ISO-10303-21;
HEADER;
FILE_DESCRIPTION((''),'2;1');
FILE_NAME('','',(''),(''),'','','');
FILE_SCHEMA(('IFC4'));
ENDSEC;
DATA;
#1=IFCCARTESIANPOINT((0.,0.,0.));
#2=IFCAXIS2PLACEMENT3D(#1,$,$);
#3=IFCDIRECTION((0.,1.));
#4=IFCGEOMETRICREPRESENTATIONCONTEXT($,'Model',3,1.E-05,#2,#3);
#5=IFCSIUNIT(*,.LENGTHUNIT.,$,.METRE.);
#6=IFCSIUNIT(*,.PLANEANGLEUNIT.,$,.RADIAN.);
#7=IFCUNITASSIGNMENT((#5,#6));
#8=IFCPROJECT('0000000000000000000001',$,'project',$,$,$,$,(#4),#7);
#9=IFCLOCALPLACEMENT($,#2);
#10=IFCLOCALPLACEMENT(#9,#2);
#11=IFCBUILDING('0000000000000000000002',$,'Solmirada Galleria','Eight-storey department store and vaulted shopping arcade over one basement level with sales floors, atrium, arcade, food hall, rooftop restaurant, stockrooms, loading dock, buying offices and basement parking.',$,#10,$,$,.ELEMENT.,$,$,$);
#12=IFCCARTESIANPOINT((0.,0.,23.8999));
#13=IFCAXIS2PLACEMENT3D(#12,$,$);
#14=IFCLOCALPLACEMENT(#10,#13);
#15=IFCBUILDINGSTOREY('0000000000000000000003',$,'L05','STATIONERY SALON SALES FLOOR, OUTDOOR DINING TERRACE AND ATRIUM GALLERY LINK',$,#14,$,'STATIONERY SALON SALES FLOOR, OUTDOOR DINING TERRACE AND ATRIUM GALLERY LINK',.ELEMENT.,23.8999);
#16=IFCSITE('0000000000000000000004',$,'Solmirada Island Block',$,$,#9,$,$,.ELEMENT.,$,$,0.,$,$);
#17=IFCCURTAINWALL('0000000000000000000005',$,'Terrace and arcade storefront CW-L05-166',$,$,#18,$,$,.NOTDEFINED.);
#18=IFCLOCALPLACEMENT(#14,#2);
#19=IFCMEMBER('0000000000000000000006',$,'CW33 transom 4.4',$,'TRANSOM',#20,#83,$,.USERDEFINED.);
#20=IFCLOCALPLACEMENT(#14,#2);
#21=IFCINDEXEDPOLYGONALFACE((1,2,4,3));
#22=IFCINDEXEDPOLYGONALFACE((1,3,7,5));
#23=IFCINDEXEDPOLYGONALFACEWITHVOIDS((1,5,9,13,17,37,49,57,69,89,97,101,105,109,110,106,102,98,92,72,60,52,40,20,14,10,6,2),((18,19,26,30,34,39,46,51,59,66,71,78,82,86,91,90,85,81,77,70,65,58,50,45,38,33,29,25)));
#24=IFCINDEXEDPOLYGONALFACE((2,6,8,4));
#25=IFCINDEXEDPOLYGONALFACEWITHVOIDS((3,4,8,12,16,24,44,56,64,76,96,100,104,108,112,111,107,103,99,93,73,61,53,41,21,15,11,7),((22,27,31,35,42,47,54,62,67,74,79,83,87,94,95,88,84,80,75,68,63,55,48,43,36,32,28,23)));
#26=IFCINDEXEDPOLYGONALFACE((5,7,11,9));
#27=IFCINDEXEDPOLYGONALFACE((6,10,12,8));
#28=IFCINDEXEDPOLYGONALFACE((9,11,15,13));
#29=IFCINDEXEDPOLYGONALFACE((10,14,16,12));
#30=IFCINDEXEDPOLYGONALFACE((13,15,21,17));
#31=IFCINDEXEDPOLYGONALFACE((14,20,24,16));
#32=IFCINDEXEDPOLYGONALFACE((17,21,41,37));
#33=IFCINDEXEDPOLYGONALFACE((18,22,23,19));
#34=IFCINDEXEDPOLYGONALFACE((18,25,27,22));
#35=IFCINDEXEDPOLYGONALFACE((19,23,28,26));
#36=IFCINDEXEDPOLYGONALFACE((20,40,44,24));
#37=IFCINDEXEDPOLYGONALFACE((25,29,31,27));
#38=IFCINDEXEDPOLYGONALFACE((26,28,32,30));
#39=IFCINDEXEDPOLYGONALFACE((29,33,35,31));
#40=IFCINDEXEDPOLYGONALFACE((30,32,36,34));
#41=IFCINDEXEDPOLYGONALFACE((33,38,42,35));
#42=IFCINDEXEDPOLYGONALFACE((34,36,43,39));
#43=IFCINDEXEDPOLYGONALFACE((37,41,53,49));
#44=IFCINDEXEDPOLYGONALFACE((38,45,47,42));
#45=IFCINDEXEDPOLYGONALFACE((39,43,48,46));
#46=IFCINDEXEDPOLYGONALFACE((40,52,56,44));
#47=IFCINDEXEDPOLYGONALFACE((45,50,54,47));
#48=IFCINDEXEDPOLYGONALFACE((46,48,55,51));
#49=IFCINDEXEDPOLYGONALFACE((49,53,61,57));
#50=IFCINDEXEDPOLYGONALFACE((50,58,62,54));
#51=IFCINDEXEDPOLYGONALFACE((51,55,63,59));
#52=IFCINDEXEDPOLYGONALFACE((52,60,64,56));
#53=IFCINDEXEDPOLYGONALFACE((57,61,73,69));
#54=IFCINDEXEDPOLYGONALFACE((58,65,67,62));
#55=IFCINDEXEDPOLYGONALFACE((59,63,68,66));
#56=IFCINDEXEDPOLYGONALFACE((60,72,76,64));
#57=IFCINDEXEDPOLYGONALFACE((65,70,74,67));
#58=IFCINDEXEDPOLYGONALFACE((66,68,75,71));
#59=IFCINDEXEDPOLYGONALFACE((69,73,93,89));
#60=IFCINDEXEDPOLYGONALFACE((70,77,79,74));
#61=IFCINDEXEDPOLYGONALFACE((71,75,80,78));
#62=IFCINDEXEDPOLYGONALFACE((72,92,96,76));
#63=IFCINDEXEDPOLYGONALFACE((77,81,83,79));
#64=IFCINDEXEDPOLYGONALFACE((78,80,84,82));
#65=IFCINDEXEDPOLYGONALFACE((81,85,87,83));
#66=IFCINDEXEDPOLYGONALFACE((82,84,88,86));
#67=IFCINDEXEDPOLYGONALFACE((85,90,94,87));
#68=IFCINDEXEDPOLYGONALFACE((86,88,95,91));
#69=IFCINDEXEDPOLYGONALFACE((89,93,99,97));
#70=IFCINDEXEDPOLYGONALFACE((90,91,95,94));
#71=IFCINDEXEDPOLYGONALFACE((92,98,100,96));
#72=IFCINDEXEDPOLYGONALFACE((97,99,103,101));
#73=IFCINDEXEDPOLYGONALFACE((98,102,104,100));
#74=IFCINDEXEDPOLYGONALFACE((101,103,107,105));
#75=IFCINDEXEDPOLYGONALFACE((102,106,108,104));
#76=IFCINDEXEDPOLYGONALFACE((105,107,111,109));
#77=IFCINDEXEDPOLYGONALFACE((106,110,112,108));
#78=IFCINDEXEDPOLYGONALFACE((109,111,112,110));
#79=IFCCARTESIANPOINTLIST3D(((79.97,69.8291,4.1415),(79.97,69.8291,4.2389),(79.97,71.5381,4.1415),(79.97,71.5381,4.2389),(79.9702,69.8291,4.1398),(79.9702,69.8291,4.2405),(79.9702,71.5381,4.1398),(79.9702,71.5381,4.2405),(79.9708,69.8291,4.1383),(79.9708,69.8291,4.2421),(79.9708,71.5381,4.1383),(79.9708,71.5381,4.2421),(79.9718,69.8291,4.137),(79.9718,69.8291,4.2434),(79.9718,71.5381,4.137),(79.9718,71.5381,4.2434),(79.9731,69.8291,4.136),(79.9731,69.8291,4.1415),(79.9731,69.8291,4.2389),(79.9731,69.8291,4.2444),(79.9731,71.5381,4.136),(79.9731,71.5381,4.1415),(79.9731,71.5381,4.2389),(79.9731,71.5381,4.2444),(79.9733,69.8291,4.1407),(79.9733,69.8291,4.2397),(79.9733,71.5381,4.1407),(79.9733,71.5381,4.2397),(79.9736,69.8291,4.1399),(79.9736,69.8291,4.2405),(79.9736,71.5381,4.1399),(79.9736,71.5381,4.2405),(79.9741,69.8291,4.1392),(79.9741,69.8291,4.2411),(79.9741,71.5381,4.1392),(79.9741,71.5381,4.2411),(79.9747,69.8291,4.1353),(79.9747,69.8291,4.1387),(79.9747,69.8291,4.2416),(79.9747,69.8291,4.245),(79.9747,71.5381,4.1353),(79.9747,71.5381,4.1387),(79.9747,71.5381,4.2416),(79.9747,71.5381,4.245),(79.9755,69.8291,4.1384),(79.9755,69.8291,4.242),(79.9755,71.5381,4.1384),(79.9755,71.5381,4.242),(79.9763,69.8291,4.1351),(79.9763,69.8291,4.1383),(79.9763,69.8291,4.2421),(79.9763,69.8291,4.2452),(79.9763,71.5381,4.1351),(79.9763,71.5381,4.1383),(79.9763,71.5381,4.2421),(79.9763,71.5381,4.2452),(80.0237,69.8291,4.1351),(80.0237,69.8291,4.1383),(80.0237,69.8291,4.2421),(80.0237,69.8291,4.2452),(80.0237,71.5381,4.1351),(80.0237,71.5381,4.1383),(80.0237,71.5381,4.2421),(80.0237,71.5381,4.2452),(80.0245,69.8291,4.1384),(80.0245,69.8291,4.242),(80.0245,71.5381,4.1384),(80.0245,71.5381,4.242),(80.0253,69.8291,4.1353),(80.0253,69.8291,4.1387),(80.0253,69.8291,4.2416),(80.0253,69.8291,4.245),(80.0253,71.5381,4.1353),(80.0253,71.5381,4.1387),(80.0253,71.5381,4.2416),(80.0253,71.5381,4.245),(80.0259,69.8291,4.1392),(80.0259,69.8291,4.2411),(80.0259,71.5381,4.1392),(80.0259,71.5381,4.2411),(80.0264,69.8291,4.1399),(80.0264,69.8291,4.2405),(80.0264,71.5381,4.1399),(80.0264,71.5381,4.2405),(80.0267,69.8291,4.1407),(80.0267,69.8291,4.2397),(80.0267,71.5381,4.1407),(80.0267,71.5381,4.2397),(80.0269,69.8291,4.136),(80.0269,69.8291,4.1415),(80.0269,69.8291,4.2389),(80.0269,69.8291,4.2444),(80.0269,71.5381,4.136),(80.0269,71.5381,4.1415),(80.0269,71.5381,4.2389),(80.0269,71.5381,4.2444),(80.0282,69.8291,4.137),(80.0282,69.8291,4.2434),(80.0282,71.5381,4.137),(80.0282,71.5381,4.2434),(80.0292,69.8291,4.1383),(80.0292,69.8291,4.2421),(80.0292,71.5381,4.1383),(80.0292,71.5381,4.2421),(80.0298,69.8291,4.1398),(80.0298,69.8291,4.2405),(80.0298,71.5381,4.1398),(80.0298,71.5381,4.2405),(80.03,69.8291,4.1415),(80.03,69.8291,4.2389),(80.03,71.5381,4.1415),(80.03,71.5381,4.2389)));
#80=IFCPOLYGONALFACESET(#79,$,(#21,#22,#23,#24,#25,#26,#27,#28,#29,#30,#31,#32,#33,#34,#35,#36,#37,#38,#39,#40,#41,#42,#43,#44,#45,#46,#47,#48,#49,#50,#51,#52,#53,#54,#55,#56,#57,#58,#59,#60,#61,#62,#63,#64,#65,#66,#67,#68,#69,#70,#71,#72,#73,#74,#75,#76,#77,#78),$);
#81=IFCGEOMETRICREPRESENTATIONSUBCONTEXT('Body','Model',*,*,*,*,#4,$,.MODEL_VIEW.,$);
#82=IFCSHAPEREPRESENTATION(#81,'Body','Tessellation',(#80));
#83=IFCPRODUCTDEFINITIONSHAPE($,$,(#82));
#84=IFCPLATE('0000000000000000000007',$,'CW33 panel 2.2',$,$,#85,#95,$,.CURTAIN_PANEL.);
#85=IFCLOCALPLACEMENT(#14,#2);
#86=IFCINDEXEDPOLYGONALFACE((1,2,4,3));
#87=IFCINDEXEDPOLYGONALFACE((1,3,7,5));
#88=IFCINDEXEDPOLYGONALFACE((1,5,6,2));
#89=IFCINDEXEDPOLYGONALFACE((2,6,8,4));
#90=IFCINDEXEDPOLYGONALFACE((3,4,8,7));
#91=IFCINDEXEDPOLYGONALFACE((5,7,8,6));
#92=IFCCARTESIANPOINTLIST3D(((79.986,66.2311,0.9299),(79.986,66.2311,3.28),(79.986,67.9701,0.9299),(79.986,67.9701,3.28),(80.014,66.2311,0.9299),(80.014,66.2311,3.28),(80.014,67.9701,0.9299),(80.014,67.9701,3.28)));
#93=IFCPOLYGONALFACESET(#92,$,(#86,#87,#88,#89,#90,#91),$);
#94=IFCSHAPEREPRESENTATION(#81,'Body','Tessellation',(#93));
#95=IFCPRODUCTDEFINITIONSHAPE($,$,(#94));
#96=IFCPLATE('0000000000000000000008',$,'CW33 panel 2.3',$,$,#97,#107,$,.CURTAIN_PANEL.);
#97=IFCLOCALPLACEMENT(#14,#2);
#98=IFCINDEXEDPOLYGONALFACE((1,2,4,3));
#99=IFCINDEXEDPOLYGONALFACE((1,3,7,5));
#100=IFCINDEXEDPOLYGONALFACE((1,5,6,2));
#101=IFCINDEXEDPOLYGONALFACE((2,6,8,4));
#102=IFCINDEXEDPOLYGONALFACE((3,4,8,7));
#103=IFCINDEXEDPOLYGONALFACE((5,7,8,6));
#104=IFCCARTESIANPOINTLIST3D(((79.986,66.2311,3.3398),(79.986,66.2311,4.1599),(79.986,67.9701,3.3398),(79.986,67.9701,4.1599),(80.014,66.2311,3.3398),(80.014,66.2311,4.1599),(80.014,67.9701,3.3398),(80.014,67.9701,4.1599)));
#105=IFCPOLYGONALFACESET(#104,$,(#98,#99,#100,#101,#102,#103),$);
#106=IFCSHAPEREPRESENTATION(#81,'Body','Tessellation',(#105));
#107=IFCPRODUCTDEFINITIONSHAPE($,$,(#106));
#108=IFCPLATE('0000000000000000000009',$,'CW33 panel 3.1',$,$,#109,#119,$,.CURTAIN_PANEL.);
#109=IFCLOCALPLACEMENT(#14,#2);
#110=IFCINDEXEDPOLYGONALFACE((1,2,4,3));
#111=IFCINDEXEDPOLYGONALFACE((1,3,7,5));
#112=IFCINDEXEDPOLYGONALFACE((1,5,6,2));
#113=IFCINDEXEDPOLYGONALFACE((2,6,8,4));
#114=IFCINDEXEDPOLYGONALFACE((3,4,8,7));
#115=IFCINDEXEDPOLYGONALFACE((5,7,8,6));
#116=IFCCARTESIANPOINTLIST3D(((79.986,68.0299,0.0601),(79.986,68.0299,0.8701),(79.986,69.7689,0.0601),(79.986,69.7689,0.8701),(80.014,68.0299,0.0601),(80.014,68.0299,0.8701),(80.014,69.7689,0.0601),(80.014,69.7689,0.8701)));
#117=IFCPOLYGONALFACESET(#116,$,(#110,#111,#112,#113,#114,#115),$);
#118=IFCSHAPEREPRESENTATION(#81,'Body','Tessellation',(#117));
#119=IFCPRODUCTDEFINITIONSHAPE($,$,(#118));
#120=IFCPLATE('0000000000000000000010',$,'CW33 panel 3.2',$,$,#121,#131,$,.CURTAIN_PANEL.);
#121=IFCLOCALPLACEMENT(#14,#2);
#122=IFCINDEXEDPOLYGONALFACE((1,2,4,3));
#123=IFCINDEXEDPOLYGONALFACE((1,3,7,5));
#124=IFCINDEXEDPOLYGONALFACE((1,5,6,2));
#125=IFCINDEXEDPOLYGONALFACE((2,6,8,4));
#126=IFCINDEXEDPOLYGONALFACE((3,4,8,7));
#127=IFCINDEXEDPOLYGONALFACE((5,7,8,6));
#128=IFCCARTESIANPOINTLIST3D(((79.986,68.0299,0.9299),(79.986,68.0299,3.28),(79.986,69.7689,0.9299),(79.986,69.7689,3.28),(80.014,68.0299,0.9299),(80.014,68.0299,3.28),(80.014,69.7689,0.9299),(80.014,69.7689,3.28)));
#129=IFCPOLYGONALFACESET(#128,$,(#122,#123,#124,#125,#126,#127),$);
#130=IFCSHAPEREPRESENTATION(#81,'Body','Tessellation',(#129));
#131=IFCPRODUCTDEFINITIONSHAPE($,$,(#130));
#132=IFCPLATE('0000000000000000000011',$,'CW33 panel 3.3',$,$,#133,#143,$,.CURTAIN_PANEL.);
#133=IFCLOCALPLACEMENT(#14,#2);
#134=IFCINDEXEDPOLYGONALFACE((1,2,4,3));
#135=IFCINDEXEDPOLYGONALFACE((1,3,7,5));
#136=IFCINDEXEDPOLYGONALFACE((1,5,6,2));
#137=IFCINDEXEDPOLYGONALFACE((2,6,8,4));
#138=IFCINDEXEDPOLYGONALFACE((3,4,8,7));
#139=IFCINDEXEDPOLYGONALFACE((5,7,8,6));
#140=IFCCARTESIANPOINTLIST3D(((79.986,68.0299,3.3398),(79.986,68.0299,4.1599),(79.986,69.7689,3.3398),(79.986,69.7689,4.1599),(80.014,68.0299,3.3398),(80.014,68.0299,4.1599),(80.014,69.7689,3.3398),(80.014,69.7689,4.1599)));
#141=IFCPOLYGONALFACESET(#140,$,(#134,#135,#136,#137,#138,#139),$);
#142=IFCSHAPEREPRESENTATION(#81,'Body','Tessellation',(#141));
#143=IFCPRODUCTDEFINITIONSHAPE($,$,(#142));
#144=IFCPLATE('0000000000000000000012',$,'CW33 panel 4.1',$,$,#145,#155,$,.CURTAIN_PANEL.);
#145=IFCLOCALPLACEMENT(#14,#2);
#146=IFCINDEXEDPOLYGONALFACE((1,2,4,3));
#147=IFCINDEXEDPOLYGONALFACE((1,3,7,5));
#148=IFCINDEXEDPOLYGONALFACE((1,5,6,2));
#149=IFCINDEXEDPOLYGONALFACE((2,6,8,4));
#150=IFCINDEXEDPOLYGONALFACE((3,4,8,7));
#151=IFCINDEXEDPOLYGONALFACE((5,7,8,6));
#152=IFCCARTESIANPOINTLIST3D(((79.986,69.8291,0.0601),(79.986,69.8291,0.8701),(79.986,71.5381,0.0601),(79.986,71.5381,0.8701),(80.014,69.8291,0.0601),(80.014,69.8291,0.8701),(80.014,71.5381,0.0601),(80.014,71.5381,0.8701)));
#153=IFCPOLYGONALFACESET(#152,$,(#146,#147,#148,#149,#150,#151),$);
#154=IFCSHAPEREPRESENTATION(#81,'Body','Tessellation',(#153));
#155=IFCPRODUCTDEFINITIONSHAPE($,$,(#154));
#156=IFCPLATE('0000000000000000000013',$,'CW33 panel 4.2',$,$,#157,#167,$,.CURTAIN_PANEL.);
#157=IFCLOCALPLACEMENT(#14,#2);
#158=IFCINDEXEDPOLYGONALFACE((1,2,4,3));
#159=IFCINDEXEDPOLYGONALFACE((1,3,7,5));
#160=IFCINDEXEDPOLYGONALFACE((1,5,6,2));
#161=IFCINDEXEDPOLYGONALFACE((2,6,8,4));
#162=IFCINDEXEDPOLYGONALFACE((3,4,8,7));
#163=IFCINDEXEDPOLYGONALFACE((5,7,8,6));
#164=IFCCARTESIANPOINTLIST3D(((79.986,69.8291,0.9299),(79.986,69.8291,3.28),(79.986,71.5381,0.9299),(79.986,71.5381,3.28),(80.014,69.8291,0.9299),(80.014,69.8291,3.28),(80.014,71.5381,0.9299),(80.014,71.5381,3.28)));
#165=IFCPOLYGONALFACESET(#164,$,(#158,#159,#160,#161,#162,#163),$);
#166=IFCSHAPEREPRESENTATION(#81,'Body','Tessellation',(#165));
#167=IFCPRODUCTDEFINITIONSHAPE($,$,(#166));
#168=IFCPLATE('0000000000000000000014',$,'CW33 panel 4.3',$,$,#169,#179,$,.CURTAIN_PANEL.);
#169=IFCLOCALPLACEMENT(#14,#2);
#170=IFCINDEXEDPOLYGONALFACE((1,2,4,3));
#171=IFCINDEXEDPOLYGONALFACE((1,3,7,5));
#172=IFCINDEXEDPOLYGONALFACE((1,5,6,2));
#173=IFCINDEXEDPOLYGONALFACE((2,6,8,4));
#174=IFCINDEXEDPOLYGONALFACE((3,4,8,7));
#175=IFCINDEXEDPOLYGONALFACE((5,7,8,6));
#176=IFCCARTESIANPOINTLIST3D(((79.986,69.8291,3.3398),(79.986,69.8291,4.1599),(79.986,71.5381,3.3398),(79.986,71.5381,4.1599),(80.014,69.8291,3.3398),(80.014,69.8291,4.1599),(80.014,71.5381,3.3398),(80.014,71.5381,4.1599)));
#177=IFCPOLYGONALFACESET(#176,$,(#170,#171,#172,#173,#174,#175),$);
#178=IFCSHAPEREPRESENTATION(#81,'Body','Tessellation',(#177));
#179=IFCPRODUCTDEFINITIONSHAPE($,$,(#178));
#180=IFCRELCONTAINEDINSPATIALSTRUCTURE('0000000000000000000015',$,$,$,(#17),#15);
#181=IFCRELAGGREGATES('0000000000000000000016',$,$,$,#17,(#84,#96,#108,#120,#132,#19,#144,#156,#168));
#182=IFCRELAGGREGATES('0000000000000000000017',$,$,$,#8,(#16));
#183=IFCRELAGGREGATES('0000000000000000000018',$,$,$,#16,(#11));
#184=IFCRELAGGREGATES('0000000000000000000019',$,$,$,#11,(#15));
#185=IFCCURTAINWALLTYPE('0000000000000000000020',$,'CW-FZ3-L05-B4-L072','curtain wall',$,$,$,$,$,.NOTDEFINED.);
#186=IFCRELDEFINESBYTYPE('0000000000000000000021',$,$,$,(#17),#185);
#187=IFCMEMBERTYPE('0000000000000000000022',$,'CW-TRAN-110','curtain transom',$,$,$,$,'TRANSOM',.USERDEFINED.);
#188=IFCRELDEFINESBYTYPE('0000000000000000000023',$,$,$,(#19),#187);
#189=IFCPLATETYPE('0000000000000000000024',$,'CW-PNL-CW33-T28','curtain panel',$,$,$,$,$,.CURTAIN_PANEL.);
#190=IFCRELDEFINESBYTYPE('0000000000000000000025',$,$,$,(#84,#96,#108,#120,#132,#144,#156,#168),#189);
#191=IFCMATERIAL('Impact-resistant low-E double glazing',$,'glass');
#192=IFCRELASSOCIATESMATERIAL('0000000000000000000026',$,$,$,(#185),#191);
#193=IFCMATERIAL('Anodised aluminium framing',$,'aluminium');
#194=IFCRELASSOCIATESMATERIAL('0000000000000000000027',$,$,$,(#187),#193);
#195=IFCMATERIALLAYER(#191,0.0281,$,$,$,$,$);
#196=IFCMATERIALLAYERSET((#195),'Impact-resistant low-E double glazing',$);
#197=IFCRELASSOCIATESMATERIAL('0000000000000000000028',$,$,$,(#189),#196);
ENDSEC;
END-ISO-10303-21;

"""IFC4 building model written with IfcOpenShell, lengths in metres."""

from ifc_helpers import new_model, si_unit, direction, frame, origin, origin_2d, place, context, subcontext, project, spatial, rectangle, hollow_rectangle, extrude, material, layer, layer_set, material_profile, profile_set, type_object, element, aggregate, save


model = new_model("IFC4")

# Units and contexts
model_context = context("Model", 3, precision=1e-05, world=origin(), true_north=direction((0.0, 1.0)))
body_context = subcontext(model_context, "Body", "Model", "MODEL_VIEW")
ifc_project = project(units=[si_unit("LENGTHUNIT", "METRE"), si_unit("PLANEANGLEUNIT", "RADIAN")], contexts=[model_context])

# Site, building, storey
site_placement = place(None, origin())
site = spatial("IfcSite", under=ifc_project, at=site_placement, Name="Solmirada Island Block", CompositionType="ELEMENT", RefElevation=0.0)
building_placement = place(site_placement, origin())
building = spatial("IfcBuilding", under=site, at=building_placement, Name="Solmirada Galleria", Description="Eight-storey department store and vaulted shopping arcade over one basement level with sales floors, atrium, arcade, food hall, rooftop restaurant, stockrooms, loading dock, buying offices and basement parking.", CompositionType="ELEMENT")
storey_placement = place(building_placement, frame((0.0, 0.0, 23.8999)))
storey = spatial("IfcBuildingStorey", under=building, at=storey_placement, Name="L05", Description="STATIONERY SALON SALES FLOOR, OUTDOOR DINING TERRACE AND ATRIUM GALLERY LINK", LongName="STATIONERY SALON SALES FLOOR, OUTDOOR DINING TERRACE AND ATRIUM GALLERY LINK", CompositionType="ELEMENT", Elevation=23.8999)

# Curtain wall
ifc_material_1 = material(Name="Impact-resistant low-E double glazing", Category="glass")
curtain_wall_type = type_object("IfcCurtainWallType", Name="CW-FZ3-L05-B4-L072", Description="curtain wall", PredefinedType="NOTDEFINED", material=ifc_material_1)
curtain_wall_1_placement = place(storey_placement, origin())
curtain_wall_1 = element("IfcCurtainWall", 1, at=curtain_wall_1_placement, inside=storey, type_object=curtain_wall_type, Name="Terrace and arcade storefront CW-L05-166", PredefinedType="NOTDEFINED")
ifc_material_2 = material(Name="Anodised aluminium framing", Category="aluminium")

# Member
ifc_material_profile_1 = material_profile(ifc_material_2, hollow_rectangle(XDim=0.0601, YDim=0.1101, WallThickness=0.0032, InnerFilletRadius=0.0032, OuterFilletRadius=0.0063, at=origin_2d()), Name="ALU-TRAN-110X60")
ifc_profile_set_1 = profile_set([ifc_material_profile_1], Name="Anodised aluminium framing")
member_type_1 = type_object("IfcMemberType", Name="CW-TRAN-110", Description="curtain transom", ElementType="TRANSOM", PredefinedType="USERDEFINED", material=ifc_profile_set_1)
member_1_placement = place(storey_placement, frame((80.0, 69.8291, 4.1902), z_axis=(0.0, 1.0, 0.0), x_axis=(-1.0, 0.0, 0.0)))
member_1 = element("IfcMember", 2, at=member_1_placement, type_object=member_type_1, Name="CW33 transom 4.4", ObjectType="TRANSOM", PredefinedType="USERDEFINED", context=body_context, shape_type="SweptSolid", body=[
    extrude(hollow_rectangle(XDim=0.0601, YDim=0.1101, WallThickness=0.0032, InnerFilletRadius=0.0032, OuterFilletRadius=0.0063, at=origin_2d()), origin(), (0.0, 0.0, 1.0), 1.709),
])

# Plates
ifc_layer = layer(ifc_material_1, 0.0281)
ifc_layer_set = layer_set([ifc_layer], Name="Impact-resistant low-E double glazing")
plate_type = type_object("IfcPlateType", Name="CW-PNL-CW33-T28", Description="curtain panel", PredefinedType="CURTAIN_PANEL", material=ifc_layer_set)
plate_1_placement = place(storey_placement, frame((80.0, 67.1006, 0.9299), z_axis=(0.0, 0.0, 1.0), x_axis=(0.0, 1.0, 0.0)))
plate_1 = element("IfcPlate", 3, at=plate_1_placement, type_object=plate_type, Name="CW33 panel 2.2", PredefinedType="CURTAIN_PANEL", context=body_context, shape_type="SweptSolid", body=[
    extrude(rectangle(XDim=1.739, YDim=0.0281, at=origin_2d()), origin(), (0.0, 0.0, 1.0), 2.3501),
])
plate_2_placement = place(storey_placement, frame((80.0, 67.1006, 3.3398), z_axis=(0.0, 0.0, 1.0), x_axis=(0.0, 1.0, 0.0)))
plate_2 = element("IfcPlate", 4, at=plate_2_placement, type_object=plate_type, Name="CW33 panel 2.3", PredefinedType="CURTAIN_PANEL", context=body_context, shape_type="SweptSolid", body=[
    extrude(rectangle(XDim=1.739, YDim=0.0281, at=origin_2d()), origin(), (0.0, 0.0, 1.0), 0.8201),
])
plate_3_placement = place(storey_placement, frame((80.0, 68.8994, 0.0601), z_axis=(0.0, 0.0, 1.0), x_axis=(0.0, 1.0, 0.0)))
plate_3 = element("IfcPlate", 5, at=plate_3_placement, type_object=plate_type, Name="CW33 panel 3.1", PredefinedType="CURTAIN_PANEL", context=body_context, shape_type="SweptSolid", body=[
    extrude(rectangle(XDim=1.739, YDim=0.0281, at=origin_2d()), origin(), (0.0, 0.0, 1.0), 0.8101),
])
plate_4_placement = place(storey_placement, frame((80.0, 68.8994, 0.9299), z_axis=(0.0, 0.0, 1.0), x_axis=(0.0, 1.0, 0.0)))
plate_4 = element("IfcPlate", 6, at=plate_4_placement, type_object=plate_type, Name="CW33 panel 3.2", PredefinedType="CURTAIN_PANEL", context=body_context, shape_type="SweptSolid", body=[
    extrude(rectangle(XDim=1.739, YDim=0.0281, at=origin_2d()), origin(), (0.0, 0.0, 1.0), 2.3501),
])
plate_5_placement = place(storey_placement, frame((80.0, 68.8994, 3.3398), z_axis=(0.0, 0.0, 1.0), x_axis=(0.0, 1.0, 0.0)))
plate_5 = element("IfcPlate", 7, at=plate_5_placement, type_object=plate_type, Name="CW33 panel 3.3", PredefinedType="CURTAIN_PANEL", context=body_context, shape_type="SweptSolid", body=[
    extrude(rectangle(XDim=1.739, YDim=0.0281, at=origin_2d()), origin(), (0.0, 0.0, 1.0), 0.8201),
])
plate_6_placement = place(storey_placement, frame((80.0, 70.6836, 0.0601), z_axis=(0.0, 0.0, 1.0), x_axis=(0.0, 1.0, 0.0)))
plate_6 = element("IfcPlate", 8, at=plate_6_placement, type_object=plate_type, Name="CW33 panel 4.1", PredefinedType="CURTAIN_PANEL", context=body_context, shape_type="SweptSolid", body=[
    extrude(rectangle(XDim=1.709, YDim=0.0281, at=origin_2d()), origin(), (0.0, 0.0, 1.0), 0.8101),
])
plate_7_placement = place(storey_placement, frame((80.0, 70.6836, 0.9299), z_axis=(0.0, 0.0, 1.0), x_axis=(0.0, 1.0, 0.0)))
plate_7 = element("IfcPlate", 9, at=plate_7_placement, type_object=plate_type, Name="CW33 panel 4.2", PredefinedType="CURTAIN_PANEL", context=body_context, shape_type="SweptSolid", body=[
    extrude(rectangle(XDim=1.709, YDim=0.0281, at=origin_2d()), origin(), (0.0, 0.0, 1.0), 2.3501),
])
plate_8_placement = place(storey_placement, frame((80.0, 70.6836, 3.3398), z_axis=(0.0, 0.0, 1.0), x_axis=(0.0, 1.0, 0.0)))
plate_8 = element("IfcPlate", 10, at=plate_8_placement, type_object=plate_type, Name="CW33 panel 4.3", PredefinedType="CURTAIN_PANEL", context=body_context, shape_type="SweptSolid", body=[
    extrude(rectangle(XDim=1.709, YDim=0.0281, at=origin_2d()), origin(), (0.0, 0.0, 1.0), 0.8201),
])
aggregate(curtain_wall_1, [plate_1, plate_2, plate_3, plate_4, plate_5, member_1, plate_6, plate_7, plate_8])

save(model, "model.ifc")
